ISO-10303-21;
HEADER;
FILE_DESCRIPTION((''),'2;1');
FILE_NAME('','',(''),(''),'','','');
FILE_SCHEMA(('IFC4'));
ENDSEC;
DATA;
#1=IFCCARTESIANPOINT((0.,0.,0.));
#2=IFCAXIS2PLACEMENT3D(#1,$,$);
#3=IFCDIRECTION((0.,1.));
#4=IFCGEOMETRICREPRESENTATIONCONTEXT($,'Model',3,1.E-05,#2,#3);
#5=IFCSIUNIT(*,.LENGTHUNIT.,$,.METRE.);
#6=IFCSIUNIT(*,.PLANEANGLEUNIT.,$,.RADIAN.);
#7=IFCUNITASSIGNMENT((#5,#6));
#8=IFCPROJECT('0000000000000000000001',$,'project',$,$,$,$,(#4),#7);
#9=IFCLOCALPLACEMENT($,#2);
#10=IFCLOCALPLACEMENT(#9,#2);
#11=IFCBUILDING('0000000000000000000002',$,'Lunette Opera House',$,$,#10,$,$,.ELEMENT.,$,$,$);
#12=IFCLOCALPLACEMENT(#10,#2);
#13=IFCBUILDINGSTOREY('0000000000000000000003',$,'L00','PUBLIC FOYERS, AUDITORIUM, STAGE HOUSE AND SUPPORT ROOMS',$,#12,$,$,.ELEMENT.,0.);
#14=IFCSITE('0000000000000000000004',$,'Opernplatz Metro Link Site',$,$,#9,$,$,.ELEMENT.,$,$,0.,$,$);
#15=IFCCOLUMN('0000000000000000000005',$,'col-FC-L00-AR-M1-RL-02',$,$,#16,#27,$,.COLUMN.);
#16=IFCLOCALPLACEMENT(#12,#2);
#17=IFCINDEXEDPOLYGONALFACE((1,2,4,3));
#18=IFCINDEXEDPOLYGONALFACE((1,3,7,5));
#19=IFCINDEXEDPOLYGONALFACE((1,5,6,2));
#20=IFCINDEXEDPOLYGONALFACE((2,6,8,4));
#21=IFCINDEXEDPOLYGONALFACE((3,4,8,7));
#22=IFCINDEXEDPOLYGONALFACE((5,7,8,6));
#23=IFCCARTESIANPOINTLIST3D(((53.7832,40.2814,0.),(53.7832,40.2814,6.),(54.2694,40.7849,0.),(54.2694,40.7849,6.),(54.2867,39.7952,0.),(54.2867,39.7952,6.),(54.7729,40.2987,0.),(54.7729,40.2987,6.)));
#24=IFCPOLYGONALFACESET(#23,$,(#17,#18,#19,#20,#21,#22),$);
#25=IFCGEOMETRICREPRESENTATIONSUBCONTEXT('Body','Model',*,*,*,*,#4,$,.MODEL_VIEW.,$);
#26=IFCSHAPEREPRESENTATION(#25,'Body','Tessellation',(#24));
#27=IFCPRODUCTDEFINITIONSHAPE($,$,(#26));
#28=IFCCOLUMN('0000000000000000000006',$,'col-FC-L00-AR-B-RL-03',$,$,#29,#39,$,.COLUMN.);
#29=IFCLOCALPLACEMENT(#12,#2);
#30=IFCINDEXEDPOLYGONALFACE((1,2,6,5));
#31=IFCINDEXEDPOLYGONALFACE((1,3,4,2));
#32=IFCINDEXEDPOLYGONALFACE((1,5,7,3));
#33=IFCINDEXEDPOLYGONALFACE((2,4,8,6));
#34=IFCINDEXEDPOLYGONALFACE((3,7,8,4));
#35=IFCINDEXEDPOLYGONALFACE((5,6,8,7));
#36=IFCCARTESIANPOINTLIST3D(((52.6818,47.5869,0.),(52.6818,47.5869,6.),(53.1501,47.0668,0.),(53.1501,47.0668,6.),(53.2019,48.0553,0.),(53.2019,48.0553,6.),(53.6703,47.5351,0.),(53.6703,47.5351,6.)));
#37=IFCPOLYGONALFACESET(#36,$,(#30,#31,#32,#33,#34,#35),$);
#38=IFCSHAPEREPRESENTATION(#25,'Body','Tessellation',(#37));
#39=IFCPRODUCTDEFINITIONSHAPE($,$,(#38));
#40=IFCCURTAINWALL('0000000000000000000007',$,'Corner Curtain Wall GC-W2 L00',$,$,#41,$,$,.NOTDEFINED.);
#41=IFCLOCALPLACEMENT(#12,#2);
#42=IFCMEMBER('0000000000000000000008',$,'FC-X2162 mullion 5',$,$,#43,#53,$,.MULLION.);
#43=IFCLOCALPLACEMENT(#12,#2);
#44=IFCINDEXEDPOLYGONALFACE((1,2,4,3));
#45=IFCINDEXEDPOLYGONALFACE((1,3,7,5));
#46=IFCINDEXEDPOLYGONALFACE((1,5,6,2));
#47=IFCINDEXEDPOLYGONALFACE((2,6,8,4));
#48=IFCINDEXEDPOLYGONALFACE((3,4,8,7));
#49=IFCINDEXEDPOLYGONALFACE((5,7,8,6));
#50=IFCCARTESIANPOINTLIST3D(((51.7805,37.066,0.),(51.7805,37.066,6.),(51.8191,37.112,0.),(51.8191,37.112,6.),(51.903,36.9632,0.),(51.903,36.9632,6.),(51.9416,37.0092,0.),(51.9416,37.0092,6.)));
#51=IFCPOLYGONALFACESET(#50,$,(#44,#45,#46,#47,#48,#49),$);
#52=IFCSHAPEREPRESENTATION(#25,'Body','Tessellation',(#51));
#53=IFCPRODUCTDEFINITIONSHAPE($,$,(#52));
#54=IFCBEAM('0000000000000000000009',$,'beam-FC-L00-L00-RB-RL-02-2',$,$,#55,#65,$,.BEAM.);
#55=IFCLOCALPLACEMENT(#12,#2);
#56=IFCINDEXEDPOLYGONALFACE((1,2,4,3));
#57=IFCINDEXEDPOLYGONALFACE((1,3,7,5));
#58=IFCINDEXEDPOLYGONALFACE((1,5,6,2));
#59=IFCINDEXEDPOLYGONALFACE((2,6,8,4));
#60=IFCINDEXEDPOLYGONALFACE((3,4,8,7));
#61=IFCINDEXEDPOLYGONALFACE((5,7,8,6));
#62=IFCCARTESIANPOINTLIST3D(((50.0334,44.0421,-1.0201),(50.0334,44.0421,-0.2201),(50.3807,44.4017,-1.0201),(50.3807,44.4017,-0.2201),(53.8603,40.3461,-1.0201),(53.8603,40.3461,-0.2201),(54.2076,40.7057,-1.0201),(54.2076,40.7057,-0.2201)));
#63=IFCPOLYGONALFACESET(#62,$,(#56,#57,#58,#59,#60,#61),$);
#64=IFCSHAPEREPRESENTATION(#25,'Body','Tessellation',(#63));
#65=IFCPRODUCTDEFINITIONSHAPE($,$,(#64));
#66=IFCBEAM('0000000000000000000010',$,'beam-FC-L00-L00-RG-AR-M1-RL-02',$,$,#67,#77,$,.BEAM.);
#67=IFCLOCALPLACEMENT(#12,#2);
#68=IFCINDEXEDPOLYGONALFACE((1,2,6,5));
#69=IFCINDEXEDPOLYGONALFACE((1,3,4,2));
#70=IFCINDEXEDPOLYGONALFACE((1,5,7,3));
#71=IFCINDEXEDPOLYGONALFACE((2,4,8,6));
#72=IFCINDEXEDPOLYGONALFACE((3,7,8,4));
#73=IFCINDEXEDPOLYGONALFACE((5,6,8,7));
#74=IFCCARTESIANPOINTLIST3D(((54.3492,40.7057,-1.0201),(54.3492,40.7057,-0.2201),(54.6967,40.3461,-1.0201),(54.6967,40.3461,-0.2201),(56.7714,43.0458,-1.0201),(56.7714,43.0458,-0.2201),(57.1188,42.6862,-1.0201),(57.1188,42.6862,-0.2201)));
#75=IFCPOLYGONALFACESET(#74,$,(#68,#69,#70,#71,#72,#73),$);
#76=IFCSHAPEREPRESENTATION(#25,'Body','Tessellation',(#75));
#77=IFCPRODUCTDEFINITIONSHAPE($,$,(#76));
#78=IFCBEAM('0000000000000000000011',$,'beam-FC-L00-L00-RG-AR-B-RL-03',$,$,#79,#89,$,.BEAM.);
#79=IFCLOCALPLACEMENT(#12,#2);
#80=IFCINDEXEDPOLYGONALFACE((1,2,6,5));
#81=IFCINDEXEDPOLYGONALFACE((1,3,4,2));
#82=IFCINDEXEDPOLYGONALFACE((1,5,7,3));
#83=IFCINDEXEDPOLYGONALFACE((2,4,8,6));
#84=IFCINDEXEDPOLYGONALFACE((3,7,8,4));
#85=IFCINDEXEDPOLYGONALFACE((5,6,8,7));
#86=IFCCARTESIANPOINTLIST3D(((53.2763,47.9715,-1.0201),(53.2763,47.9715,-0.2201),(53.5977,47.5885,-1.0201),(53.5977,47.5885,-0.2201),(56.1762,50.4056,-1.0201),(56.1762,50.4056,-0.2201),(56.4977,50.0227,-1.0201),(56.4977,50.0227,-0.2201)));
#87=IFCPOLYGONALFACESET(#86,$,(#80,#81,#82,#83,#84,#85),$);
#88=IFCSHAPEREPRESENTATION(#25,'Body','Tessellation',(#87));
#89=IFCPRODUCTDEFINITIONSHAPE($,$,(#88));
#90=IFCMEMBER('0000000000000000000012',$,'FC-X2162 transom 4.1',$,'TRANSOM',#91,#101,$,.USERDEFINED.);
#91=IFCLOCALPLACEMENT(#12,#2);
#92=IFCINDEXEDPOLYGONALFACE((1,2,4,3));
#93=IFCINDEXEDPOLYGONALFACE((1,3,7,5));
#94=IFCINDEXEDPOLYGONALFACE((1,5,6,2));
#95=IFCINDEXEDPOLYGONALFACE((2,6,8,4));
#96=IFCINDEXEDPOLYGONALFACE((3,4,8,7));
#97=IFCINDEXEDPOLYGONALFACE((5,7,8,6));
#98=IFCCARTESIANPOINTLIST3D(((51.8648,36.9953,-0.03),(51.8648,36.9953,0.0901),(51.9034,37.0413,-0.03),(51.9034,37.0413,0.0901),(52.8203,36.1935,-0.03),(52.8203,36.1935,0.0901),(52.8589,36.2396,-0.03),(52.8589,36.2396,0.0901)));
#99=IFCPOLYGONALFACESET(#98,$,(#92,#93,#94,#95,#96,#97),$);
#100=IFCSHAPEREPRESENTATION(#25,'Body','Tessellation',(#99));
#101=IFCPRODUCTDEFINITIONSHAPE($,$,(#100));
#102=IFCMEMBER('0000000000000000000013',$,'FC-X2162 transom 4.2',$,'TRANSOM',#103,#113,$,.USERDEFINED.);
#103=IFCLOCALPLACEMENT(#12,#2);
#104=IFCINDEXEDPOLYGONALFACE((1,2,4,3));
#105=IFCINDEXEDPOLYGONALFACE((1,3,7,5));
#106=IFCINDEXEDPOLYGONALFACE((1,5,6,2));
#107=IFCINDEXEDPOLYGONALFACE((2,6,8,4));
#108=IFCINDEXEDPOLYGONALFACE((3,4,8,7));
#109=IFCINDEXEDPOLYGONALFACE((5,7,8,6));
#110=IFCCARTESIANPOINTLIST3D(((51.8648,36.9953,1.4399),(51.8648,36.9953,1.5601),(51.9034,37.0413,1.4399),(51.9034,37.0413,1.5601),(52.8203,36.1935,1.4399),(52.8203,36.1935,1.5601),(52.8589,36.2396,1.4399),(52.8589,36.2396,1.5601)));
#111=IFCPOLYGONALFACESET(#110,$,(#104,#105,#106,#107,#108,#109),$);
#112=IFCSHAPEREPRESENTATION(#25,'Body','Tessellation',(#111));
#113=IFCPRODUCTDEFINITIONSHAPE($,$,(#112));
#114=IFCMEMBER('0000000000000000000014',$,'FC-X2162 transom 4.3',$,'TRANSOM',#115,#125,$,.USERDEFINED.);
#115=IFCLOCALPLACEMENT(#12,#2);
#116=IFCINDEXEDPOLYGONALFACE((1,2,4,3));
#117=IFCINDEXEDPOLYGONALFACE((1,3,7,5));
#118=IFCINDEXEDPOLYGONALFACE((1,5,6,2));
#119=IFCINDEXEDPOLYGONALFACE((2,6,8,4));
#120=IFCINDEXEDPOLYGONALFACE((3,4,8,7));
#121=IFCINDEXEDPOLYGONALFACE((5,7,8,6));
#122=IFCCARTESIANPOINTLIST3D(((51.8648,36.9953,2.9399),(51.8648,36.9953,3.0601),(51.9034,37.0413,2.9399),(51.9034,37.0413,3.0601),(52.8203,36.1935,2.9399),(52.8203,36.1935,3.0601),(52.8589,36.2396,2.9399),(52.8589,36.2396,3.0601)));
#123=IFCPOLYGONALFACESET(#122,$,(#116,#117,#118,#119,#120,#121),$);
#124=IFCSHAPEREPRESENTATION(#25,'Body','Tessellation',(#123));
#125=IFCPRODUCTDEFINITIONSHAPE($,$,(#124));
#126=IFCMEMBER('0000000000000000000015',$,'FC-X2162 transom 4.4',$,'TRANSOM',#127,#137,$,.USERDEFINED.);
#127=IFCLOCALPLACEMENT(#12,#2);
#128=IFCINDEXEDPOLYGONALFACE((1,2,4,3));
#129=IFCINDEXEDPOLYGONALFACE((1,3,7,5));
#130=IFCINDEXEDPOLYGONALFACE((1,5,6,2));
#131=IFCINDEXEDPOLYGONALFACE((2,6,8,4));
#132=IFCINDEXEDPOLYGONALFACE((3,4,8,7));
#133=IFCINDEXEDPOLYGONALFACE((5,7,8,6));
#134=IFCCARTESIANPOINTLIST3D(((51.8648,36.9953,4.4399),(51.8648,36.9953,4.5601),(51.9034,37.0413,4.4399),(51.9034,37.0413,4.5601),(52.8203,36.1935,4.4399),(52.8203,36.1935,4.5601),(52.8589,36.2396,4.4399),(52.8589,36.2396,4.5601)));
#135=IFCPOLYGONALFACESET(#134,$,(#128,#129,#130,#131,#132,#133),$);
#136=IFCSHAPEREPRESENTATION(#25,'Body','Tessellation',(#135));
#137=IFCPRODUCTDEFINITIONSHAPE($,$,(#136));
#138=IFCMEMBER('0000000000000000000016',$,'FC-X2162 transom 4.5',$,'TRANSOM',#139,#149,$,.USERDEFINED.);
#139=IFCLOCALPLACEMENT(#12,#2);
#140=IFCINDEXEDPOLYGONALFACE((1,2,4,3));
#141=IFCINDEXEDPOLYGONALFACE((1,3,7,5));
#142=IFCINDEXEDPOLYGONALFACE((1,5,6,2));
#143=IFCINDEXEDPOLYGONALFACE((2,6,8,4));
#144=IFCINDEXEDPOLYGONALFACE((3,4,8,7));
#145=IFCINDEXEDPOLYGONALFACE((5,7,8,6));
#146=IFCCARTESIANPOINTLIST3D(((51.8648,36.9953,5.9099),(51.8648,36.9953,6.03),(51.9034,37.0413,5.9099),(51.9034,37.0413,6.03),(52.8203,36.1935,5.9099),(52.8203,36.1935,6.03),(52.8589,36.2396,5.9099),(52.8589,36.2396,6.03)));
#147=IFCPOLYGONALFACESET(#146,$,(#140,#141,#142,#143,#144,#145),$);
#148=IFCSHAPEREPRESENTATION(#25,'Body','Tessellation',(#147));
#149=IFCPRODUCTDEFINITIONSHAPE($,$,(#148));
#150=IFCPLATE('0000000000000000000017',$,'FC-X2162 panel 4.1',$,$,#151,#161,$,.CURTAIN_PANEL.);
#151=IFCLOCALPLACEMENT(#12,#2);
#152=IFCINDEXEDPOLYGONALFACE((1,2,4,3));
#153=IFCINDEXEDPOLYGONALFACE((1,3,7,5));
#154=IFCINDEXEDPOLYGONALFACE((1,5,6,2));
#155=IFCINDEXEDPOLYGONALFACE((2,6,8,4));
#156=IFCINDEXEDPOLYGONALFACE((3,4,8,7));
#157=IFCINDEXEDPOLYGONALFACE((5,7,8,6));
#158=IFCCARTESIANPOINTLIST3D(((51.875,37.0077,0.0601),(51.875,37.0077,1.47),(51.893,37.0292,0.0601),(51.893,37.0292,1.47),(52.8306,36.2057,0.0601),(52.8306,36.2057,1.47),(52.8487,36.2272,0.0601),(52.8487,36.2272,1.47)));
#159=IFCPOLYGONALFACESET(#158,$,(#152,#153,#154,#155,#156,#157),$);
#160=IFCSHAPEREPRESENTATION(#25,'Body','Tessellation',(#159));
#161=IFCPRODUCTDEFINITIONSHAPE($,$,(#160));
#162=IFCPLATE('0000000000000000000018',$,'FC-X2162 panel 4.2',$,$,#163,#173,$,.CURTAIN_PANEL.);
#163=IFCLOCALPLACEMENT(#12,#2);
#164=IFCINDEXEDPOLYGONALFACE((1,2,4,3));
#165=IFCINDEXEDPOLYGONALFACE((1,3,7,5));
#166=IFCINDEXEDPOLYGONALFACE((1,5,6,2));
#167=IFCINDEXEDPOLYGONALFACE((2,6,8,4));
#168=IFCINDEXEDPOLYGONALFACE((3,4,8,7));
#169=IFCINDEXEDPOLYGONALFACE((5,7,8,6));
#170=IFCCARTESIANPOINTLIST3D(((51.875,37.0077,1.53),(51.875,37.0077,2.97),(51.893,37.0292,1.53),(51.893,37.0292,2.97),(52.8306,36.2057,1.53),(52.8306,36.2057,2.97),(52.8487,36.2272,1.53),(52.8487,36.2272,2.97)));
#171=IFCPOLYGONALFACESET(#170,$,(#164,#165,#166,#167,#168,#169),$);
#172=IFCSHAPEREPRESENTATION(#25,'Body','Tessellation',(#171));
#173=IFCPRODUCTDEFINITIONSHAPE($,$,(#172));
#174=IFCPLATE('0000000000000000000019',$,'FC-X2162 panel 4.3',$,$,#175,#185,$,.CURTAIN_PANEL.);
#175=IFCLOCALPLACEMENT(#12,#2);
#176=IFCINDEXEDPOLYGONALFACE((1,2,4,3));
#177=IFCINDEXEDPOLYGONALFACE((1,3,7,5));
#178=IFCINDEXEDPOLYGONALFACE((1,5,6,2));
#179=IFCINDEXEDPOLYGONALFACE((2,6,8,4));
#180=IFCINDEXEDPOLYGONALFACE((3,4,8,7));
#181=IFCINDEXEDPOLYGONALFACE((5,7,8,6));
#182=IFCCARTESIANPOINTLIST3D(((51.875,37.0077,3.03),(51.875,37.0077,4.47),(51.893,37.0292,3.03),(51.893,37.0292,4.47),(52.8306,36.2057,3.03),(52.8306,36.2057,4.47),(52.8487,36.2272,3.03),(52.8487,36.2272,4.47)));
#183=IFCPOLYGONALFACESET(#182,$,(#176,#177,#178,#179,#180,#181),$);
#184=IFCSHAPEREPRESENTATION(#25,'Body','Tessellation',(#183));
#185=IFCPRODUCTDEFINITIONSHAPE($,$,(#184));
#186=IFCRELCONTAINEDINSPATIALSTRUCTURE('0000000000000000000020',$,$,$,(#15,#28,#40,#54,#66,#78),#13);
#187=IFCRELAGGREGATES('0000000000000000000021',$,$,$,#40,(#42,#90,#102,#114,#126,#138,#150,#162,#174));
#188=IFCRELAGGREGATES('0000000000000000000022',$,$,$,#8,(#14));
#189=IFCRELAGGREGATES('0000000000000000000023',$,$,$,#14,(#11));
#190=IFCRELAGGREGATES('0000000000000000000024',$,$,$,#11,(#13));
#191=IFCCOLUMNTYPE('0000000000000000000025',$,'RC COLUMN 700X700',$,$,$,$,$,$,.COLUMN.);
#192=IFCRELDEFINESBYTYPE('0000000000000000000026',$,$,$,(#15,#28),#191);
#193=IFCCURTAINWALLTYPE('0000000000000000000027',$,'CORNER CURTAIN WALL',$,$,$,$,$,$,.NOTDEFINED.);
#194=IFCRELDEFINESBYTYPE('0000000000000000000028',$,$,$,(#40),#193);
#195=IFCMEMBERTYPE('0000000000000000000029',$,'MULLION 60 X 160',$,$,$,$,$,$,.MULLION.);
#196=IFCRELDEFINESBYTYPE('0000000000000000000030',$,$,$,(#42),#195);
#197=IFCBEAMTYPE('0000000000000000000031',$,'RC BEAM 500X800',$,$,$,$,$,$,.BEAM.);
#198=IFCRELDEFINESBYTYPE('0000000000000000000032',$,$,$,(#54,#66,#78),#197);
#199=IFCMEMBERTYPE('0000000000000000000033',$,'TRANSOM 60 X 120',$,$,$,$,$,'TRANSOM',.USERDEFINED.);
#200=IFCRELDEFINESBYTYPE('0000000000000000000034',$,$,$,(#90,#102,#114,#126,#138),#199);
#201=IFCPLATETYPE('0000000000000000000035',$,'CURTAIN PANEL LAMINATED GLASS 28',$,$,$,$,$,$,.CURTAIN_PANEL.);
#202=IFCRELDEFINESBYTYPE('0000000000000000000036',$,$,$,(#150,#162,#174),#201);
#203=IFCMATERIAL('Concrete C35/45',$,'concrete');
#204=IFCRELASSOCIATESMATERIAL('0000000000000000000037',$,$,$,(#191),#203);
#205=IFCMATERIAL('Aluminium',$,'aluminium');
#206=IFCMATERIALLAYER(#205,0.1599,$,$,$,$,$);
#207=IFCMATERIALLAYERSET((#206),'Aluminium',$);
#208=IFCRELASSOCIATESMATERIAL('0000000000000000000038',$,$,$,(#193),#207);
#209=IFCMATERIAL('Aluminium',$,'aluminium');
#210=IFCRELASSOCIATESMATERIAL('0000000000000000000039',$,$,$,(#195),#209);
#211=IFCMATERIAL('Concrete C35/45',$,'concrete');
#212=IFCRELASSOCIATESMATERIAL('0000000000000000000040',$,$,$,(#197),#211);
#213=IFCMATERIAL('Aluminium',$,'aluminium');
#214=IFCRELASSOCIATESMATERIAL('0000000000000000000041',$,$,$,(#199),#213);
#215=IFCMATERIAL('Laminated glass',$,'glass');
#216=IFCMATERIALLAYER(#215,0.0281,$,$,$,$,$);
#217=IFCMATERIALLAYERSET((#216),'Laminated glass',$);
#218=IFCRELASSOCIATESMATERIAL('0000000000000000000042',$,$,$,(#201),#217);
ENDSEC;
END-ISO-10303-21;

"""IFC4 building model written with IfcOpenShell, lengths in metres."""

from ifc_helpers import new_model, si_unit, direction, frame, origin, origin_2d, place, context, subcontext, project, spatial, rectangle, extrude, material, layer, layer_set, material_profile, profile_set, type_object, element, aggregate, save


model = new_model("IFC4")

# Units and contexts
model_context = context("Model", 3, precision=1e-05, world=origin(), true_north=direction((0.0, 1.0)))
body_context = subcontext(model_context, "Body", "Model", "MODEL_VIEW")
ifc_project = project(units=[si_unit("LENGTHUNIT", "METRE"), si_unit("PLANEANGLEUNIT", "RADIAN")], contexts=[model_context])

# Site, building, storey
site_placement = place(None, origin())
site = spatial("IfcSite", under=ifc_project, at=site_placement, Name="Opernplatz Metro Link Site", CompositionType="ELEMENT", RefElevation=0.0)
building_placement = place(site_placement, origin())
building = spatial("IfcBuilding", under=site, at=building_placement, Name="Lunette Opera House", CompositionType="ELEMENT")
storey_placement = place(building_placement, origin())
storey = spatial("IfcBuildingStorey", under=building, at=storey_placement, Name="L00", Description="PUBLIC FOYERS, AUDITORIUM, STAGE HOUSE AND SUPPORT ROOMS", CompositionType="ELEMENT", Elevation=0.0)

# Columns
ifc_material_1 = material(Name="Concrete C35/45", Category="concrete")
ifc_material_profile_1 = material_profile(ifc_material_1, rectangle(XDim=0.7, YDim=0.7, at=origin_2d()), Name="RC COLUMN 700X700")
ifc_profile_set_1 = profile_set([ifc_material_profile_1], Name="Concrete C35/45")
column_type = type_object("IfcColumnType", Name="RC COLUMN 700X700", PredefinedType="COLUMN", material=ifc_profile_set_1)
for number, where, z_axis, x_axis, name in (
    (1, (54.2781, 40.29, 0.0), (0.0, 0.0, 1.0), (0.694658, 0.71934, 0.0), "col-FC-L00-AR-M1-RL-02"),
    (2, (53.176, 47.561, 0.0), (0.0, 0.0, 1.0), (0.743145, 0.669131, 0.0), "col-FC-L00-AR-B-RL-03"),
):
    element("IfcColumn", number, at=place(storey_placement, frame(where, z_axis=z_axis, x_axis=x_axis)), inside=storey, type_object=column_type, Name=name, PredefinedType="COLUMN", context=body_context, shape_type="SweptSolid", body=[
        extrude(rectangle(XDim=0.7, YDim=0.7, at=origin_2d()), origin(), (0.0, 0.0, 1.0), 6.0),
    ])

# Curtain wall, member
ifc_material_2 = material(Name="Aluminium", Category="aluminium")
ifc_layer_1 = layer(ifc_material_2, 0.1599)
ifc_layer_set_1 = layer_set([ifc_layer_1], Name="Aluminium")
curtain_wall_type = type_object("IfcCurtainWallType", Name="CORNER CURTAIN WALL", PredefinedType="NOTDEFINED", material=ifc_layer_set_1)
curtain_wall_placement = place(storey_placement, origin())
curtain_wall = element("IfcCurtainWall", 3, at=curtain_wall_placement, inside=storey, type_object=curtain_wall_type, Name="Corner Curtain Wall GC-W2 L00", PredefinedType="NOTDEFINED")
ifc_material_3 = material(Name="Aluminium", Category="aluminium")
ifc_material_profile_2 = material_profile(ifc_material_3, rectangle(XDim=0.0601, YDim=0.1599, at=origin_2d()), Name="MULLION 60 X 160")
ifc_profile_set_2 = profile_set([ifc_material_profile_2], Name="Aluminium")
member_type_1 = type_object("IfcMemberType", Name="MULLION 60 X 160", PredefinedType="MULLION", material=ifc_profile_set_2)
member_1_placement = place(storey_placement, frame((51.8611, 37.0376, 0.0), z_axis=(0.0, 0.0, 1.0), x_axis=(-0.642828, -0.76601, 0.0)))
member_1 = element("IfcMember", 4, at=member_1_placement, type_object=member_type_1, Name="FC-X2162 mullion 5", PredefinedType="MULLION", context=body_context, shape_type="SweptSolid", body=[
    extrude(rectangle(XDim=0.0601, YDim=0.1599, at=origin_2d()), origin(), (0.0, 0.0, 1.0), 6.0),
])

# Beams
ifc_material_4 = material(Name="Concrete C35/45", Category="concrete")
ifc_material_profile_3 = material_profile(ifc_material_4, rectangle(XDim=0.5, YDim=0.8, at=origin_2d()), Name="RC BEAM 500X800")
ifc_profile_set_3 = profile_set([ifc_material_profile_3], Name="Concrete C35/45")
beam_type = type_object("IfcBeamType", Name="RC BEAM 500X800", PredefinedType="BEAM", material=ifc_profile_set_3)
beam_1_placement = place(storey_placement, frame((54.0339, 40.5259, -0.6201), z_axis=(-0.719298, 0.694702, 0.0), x_axis=(-0.694702, -0.719298, 0.0)))
element("IfcBeam", 5, at=beam_1_placement, inside=storey, type_object=beam_type, Name="beam-FC-L00-L00-RB-RL-02-2", PredefinedType="BEAM", context=body_context, shape_type="SweptSolid", body=[
    extrude(rectangle(XDim=0.5, YDim=0.8, at=origin_2d()), origin(), (0.0, 0.0, 1.0), 5.3203),
])
beam_2_placement = place(storey_placement, frame((54.5229, 40.5259, -0.6201), z_axis=(0.71918, 0.694823, 0.0), x_axis=(-0.694823, 0.71918, 0.0)))
element("IfcBeam", 6, at=beam_2_placement, inside=storey, type_object=beam_type, Name="beam-FC-L00-L00-RG-AR-M1-RL-02", PredefinedType="BEAM", context=body_context, shape_type="SweptSolid", body=[
    extrude(rectangle(XDim=0.5, YDim=0.8, at=origin_2d()), origin(), (0.0, 0.0, 1.0), 3.3679),
])
beam_3_placement = place(storey_placement, frame((53.437, 47.78, -0.6201), z_axis=(0.765944, 0.642908, 0.0), x_axis=(-0.642908, 0.765944, 0.0)))
element("IfcBeam", 7, at=beam_3_placement, inside=storey, type_object=beam_type, Name="beam-FC-L00-L00-RG-AR-B-RL-03", PredefinedType="BEAM", context=body_context, shape_type="SweptSolid", body=[
    extrude(rectangle(XDim=0.5, YDim=0.8, at=origin_2d()), origin(), (0.0, 0.0, 1.0), 3.7861),
])

# Members
ifc_material_5 = material(Name="Aluminium", Category="aluminium")
ifc_material_profile_4 = material_profile(ifc_material_5, rectangle(XDim=0.0601, YDim=0.1201, at=origin_2d()), Name="TRANSOM 60 X 120")
ifc_profile_set_4 = profile_set([ifc_material_profile_4], Name="Aluminium")
member_type_2 = type_object("IfcMemberType", Name="TRANSOM 60 X 120", ElementType="TRANSOM", PredefinedType="USERDEFINED", material=ifc_profile_set_4)
member_2_placement = place(storey_placement, frame((52.8396, 36.2166, 0.03), z_axis=(-0.766067, 0.642761, 0.0), x_axis=(-0.642761, -0.766067, 0.0)))
member_2 = element("IfcMember", 8, at=member_2_placement, type_object=member_type_2, Name="FC-X2162 transom 4.1", ObjectType="TRANSOM", PredefinedType="USERDEFINED", context=body_context, shape_type="SweptSolid", body=[
    extrude(rectangle(XDim=0.0601, YDim=0.1201, at=origin_2d()), origin(), (0.0, 0.0, 1.0), 1.2473),
])
member_3_placement = place(storey_placement, frame((52.8396, 36.2166, 1.5), z_axis=(-0.766067, 0.642761, 0.0), x_axis=(-0.642761, -0.766067, 0.0)))
member_3 = element("IfcMember", 9, at=member_3_placement, type_object=member_type_2, Name="FC-X2162 transom 4.2", ObjectType="TRANSOM", PredefinedType="USERDEFINED", context=body_context, shape_type="SweptSolid", body=[
    extrude(rectangle(XDim=0.0601, YDim=0.1201, at=origin_2d()), origin(), (0.0, 0.0, 1.0), 1.2473),
])
member_4_placement = place(storey_placement, frame((52.8396, 36.2166, 3.0), z_axis=(-0.766067, 0.642761, 0.0), x_axis=(-0.642761, -0.766067, 0.0)))
member_4 = element("IfcMember", 10, at=member_4_placement, type_object=member_type_2, Name="FC-X2162 transom 4.3", ObjectType="TRANSOM", PredefinedType="USERDEFINED", context=body_context, shape_type="SweptSolid", body=[
    extrude(rectangle(XDim=0.0601, YDim=0.1201, at=origin_2d()), origin(), (0.0, 0.0, 1.0), 1.2473),
])
member_5_placement = place(storey_placement, frame((52.8396, 36.2166, 4.5), z_axis=(-0.766067, 0.642761, 0.0), x_axis=(-0.642761, -0.766067, 0.0)))
member_5 = element("IfcMember", 11, at=member_5_placement, type_object=member_type_2, Name="FC-X2162 transom 4.4", ObjectType="TRANSOM", PredefinedType="USERDEFINED", context=body_context, shape_type="SweptSolid", body=[
    extrude(rectangle(XDim=0.0601, YDim=0.1201, at=origin_2d()), origin(), (0.0, 0.0, 1.0), 1.2473),
])
member_6_placement = place(storey_placement, frame((52.8396, 36.2166, 5.97), z_axis=(-0.766067, 0.642761, 0.0), x_axis=(-0.642761, -0.766067, 0.0)))
member_6 = element("IfcMember", 12, at=member_6_placement, type_object=member_type_2, Name="FC-X2162 transom 4.5", ObjectType="TRANSOM", PredefinedType="USERDEFINED", context=body_context, shape_type="SweptSolid", body=[
    extrude(rectangle(XDim=0.0601, YDim=0.1201, at=origin_2d()), origin(), (0.0, 0.0, 1.0), 1.2473),
])

# Plates
ifc_material_6 = material(Name="Laminated glass", Category="glass")
ifc_layer_2 = layer(ifc_material_6, 0.0281)
ifc_layer_set_2 = layer_set([ifc_layer_2], Name="Laminated glass")
plate_type = type_object("IfcPlateType", Name="CURTAIN PANEL LAMINATED GLASS 28", PredefinedType="CURTAIN_PANEL", material=ifc_layer_set_2)
plate_1_placement = place(storey_placement, frame((52.3618, 36.6174, 0.0601), z_axis=(0.0, 0.0, 1.0), x_axis=(-0.76601, 0.642828, 0.0)))
plate_1 = element("IfcPlate", 13, at=plate_1_placement, type_object=plate_type, Name="FC-X2162 panel 4.1", PredefinedType="CURTAIN_PANEL", context=body_context, shape_type="SweptSolid", body=[
    extrude(rectangle(XDim=1.2476, YDim=0.0281, at=origin_2d()), origin(), (0.0, 0.0, 1.0), 1.4099),
])
plate_2_placement = place(storey_placement, frame((52.3618, 36.6174, 1.53), z_axis=(0.0, 0.0, 1.0), x_axis=(-0.76601, 0.642828, 0.0)))
plate_2 = element("IfcPlate", 14, at=plate_2_placement, type_object=plate_type, Name="FC-X2162 panel 4.2", PredefinedType="CURTAIN_PANEL", context=body_context, shape_type="SweptSolid", body=[
    extrude(rectangle(XDim=1.2476, YDim=0.0281, at=origin_2d()), origin(), (0.0, 0.0, 1.0), 1.4399),
])
plate_3_placement = place(storey_placement, frame((52.3618, 36.6174, 3.03), z_axis=(0.0, 0.0, 1.0), x_axis=(-0.76601, 0.642828, 0.0)))
plate_3 = element("IfcPlate", 15, at=plate_3_placement, type_object=plate_type, Name="FC-X2162 panel 4.3", PredefinedType="CURTAIN_PANEL", context=body_context, shape_type="SweptSolid", body=[
    extrude(rectangle(XDim=1.2476, YDim=0.0281, at=origin_2d()), origin(), (0.0, 0.0, 1.0), 1.4399),
])
aggregate(curtain_wall, [member_1, member_2, member_3, member_4, member_5, member_6, plate_1, plate_2, plate_3])

save(model, "model.ifc")
